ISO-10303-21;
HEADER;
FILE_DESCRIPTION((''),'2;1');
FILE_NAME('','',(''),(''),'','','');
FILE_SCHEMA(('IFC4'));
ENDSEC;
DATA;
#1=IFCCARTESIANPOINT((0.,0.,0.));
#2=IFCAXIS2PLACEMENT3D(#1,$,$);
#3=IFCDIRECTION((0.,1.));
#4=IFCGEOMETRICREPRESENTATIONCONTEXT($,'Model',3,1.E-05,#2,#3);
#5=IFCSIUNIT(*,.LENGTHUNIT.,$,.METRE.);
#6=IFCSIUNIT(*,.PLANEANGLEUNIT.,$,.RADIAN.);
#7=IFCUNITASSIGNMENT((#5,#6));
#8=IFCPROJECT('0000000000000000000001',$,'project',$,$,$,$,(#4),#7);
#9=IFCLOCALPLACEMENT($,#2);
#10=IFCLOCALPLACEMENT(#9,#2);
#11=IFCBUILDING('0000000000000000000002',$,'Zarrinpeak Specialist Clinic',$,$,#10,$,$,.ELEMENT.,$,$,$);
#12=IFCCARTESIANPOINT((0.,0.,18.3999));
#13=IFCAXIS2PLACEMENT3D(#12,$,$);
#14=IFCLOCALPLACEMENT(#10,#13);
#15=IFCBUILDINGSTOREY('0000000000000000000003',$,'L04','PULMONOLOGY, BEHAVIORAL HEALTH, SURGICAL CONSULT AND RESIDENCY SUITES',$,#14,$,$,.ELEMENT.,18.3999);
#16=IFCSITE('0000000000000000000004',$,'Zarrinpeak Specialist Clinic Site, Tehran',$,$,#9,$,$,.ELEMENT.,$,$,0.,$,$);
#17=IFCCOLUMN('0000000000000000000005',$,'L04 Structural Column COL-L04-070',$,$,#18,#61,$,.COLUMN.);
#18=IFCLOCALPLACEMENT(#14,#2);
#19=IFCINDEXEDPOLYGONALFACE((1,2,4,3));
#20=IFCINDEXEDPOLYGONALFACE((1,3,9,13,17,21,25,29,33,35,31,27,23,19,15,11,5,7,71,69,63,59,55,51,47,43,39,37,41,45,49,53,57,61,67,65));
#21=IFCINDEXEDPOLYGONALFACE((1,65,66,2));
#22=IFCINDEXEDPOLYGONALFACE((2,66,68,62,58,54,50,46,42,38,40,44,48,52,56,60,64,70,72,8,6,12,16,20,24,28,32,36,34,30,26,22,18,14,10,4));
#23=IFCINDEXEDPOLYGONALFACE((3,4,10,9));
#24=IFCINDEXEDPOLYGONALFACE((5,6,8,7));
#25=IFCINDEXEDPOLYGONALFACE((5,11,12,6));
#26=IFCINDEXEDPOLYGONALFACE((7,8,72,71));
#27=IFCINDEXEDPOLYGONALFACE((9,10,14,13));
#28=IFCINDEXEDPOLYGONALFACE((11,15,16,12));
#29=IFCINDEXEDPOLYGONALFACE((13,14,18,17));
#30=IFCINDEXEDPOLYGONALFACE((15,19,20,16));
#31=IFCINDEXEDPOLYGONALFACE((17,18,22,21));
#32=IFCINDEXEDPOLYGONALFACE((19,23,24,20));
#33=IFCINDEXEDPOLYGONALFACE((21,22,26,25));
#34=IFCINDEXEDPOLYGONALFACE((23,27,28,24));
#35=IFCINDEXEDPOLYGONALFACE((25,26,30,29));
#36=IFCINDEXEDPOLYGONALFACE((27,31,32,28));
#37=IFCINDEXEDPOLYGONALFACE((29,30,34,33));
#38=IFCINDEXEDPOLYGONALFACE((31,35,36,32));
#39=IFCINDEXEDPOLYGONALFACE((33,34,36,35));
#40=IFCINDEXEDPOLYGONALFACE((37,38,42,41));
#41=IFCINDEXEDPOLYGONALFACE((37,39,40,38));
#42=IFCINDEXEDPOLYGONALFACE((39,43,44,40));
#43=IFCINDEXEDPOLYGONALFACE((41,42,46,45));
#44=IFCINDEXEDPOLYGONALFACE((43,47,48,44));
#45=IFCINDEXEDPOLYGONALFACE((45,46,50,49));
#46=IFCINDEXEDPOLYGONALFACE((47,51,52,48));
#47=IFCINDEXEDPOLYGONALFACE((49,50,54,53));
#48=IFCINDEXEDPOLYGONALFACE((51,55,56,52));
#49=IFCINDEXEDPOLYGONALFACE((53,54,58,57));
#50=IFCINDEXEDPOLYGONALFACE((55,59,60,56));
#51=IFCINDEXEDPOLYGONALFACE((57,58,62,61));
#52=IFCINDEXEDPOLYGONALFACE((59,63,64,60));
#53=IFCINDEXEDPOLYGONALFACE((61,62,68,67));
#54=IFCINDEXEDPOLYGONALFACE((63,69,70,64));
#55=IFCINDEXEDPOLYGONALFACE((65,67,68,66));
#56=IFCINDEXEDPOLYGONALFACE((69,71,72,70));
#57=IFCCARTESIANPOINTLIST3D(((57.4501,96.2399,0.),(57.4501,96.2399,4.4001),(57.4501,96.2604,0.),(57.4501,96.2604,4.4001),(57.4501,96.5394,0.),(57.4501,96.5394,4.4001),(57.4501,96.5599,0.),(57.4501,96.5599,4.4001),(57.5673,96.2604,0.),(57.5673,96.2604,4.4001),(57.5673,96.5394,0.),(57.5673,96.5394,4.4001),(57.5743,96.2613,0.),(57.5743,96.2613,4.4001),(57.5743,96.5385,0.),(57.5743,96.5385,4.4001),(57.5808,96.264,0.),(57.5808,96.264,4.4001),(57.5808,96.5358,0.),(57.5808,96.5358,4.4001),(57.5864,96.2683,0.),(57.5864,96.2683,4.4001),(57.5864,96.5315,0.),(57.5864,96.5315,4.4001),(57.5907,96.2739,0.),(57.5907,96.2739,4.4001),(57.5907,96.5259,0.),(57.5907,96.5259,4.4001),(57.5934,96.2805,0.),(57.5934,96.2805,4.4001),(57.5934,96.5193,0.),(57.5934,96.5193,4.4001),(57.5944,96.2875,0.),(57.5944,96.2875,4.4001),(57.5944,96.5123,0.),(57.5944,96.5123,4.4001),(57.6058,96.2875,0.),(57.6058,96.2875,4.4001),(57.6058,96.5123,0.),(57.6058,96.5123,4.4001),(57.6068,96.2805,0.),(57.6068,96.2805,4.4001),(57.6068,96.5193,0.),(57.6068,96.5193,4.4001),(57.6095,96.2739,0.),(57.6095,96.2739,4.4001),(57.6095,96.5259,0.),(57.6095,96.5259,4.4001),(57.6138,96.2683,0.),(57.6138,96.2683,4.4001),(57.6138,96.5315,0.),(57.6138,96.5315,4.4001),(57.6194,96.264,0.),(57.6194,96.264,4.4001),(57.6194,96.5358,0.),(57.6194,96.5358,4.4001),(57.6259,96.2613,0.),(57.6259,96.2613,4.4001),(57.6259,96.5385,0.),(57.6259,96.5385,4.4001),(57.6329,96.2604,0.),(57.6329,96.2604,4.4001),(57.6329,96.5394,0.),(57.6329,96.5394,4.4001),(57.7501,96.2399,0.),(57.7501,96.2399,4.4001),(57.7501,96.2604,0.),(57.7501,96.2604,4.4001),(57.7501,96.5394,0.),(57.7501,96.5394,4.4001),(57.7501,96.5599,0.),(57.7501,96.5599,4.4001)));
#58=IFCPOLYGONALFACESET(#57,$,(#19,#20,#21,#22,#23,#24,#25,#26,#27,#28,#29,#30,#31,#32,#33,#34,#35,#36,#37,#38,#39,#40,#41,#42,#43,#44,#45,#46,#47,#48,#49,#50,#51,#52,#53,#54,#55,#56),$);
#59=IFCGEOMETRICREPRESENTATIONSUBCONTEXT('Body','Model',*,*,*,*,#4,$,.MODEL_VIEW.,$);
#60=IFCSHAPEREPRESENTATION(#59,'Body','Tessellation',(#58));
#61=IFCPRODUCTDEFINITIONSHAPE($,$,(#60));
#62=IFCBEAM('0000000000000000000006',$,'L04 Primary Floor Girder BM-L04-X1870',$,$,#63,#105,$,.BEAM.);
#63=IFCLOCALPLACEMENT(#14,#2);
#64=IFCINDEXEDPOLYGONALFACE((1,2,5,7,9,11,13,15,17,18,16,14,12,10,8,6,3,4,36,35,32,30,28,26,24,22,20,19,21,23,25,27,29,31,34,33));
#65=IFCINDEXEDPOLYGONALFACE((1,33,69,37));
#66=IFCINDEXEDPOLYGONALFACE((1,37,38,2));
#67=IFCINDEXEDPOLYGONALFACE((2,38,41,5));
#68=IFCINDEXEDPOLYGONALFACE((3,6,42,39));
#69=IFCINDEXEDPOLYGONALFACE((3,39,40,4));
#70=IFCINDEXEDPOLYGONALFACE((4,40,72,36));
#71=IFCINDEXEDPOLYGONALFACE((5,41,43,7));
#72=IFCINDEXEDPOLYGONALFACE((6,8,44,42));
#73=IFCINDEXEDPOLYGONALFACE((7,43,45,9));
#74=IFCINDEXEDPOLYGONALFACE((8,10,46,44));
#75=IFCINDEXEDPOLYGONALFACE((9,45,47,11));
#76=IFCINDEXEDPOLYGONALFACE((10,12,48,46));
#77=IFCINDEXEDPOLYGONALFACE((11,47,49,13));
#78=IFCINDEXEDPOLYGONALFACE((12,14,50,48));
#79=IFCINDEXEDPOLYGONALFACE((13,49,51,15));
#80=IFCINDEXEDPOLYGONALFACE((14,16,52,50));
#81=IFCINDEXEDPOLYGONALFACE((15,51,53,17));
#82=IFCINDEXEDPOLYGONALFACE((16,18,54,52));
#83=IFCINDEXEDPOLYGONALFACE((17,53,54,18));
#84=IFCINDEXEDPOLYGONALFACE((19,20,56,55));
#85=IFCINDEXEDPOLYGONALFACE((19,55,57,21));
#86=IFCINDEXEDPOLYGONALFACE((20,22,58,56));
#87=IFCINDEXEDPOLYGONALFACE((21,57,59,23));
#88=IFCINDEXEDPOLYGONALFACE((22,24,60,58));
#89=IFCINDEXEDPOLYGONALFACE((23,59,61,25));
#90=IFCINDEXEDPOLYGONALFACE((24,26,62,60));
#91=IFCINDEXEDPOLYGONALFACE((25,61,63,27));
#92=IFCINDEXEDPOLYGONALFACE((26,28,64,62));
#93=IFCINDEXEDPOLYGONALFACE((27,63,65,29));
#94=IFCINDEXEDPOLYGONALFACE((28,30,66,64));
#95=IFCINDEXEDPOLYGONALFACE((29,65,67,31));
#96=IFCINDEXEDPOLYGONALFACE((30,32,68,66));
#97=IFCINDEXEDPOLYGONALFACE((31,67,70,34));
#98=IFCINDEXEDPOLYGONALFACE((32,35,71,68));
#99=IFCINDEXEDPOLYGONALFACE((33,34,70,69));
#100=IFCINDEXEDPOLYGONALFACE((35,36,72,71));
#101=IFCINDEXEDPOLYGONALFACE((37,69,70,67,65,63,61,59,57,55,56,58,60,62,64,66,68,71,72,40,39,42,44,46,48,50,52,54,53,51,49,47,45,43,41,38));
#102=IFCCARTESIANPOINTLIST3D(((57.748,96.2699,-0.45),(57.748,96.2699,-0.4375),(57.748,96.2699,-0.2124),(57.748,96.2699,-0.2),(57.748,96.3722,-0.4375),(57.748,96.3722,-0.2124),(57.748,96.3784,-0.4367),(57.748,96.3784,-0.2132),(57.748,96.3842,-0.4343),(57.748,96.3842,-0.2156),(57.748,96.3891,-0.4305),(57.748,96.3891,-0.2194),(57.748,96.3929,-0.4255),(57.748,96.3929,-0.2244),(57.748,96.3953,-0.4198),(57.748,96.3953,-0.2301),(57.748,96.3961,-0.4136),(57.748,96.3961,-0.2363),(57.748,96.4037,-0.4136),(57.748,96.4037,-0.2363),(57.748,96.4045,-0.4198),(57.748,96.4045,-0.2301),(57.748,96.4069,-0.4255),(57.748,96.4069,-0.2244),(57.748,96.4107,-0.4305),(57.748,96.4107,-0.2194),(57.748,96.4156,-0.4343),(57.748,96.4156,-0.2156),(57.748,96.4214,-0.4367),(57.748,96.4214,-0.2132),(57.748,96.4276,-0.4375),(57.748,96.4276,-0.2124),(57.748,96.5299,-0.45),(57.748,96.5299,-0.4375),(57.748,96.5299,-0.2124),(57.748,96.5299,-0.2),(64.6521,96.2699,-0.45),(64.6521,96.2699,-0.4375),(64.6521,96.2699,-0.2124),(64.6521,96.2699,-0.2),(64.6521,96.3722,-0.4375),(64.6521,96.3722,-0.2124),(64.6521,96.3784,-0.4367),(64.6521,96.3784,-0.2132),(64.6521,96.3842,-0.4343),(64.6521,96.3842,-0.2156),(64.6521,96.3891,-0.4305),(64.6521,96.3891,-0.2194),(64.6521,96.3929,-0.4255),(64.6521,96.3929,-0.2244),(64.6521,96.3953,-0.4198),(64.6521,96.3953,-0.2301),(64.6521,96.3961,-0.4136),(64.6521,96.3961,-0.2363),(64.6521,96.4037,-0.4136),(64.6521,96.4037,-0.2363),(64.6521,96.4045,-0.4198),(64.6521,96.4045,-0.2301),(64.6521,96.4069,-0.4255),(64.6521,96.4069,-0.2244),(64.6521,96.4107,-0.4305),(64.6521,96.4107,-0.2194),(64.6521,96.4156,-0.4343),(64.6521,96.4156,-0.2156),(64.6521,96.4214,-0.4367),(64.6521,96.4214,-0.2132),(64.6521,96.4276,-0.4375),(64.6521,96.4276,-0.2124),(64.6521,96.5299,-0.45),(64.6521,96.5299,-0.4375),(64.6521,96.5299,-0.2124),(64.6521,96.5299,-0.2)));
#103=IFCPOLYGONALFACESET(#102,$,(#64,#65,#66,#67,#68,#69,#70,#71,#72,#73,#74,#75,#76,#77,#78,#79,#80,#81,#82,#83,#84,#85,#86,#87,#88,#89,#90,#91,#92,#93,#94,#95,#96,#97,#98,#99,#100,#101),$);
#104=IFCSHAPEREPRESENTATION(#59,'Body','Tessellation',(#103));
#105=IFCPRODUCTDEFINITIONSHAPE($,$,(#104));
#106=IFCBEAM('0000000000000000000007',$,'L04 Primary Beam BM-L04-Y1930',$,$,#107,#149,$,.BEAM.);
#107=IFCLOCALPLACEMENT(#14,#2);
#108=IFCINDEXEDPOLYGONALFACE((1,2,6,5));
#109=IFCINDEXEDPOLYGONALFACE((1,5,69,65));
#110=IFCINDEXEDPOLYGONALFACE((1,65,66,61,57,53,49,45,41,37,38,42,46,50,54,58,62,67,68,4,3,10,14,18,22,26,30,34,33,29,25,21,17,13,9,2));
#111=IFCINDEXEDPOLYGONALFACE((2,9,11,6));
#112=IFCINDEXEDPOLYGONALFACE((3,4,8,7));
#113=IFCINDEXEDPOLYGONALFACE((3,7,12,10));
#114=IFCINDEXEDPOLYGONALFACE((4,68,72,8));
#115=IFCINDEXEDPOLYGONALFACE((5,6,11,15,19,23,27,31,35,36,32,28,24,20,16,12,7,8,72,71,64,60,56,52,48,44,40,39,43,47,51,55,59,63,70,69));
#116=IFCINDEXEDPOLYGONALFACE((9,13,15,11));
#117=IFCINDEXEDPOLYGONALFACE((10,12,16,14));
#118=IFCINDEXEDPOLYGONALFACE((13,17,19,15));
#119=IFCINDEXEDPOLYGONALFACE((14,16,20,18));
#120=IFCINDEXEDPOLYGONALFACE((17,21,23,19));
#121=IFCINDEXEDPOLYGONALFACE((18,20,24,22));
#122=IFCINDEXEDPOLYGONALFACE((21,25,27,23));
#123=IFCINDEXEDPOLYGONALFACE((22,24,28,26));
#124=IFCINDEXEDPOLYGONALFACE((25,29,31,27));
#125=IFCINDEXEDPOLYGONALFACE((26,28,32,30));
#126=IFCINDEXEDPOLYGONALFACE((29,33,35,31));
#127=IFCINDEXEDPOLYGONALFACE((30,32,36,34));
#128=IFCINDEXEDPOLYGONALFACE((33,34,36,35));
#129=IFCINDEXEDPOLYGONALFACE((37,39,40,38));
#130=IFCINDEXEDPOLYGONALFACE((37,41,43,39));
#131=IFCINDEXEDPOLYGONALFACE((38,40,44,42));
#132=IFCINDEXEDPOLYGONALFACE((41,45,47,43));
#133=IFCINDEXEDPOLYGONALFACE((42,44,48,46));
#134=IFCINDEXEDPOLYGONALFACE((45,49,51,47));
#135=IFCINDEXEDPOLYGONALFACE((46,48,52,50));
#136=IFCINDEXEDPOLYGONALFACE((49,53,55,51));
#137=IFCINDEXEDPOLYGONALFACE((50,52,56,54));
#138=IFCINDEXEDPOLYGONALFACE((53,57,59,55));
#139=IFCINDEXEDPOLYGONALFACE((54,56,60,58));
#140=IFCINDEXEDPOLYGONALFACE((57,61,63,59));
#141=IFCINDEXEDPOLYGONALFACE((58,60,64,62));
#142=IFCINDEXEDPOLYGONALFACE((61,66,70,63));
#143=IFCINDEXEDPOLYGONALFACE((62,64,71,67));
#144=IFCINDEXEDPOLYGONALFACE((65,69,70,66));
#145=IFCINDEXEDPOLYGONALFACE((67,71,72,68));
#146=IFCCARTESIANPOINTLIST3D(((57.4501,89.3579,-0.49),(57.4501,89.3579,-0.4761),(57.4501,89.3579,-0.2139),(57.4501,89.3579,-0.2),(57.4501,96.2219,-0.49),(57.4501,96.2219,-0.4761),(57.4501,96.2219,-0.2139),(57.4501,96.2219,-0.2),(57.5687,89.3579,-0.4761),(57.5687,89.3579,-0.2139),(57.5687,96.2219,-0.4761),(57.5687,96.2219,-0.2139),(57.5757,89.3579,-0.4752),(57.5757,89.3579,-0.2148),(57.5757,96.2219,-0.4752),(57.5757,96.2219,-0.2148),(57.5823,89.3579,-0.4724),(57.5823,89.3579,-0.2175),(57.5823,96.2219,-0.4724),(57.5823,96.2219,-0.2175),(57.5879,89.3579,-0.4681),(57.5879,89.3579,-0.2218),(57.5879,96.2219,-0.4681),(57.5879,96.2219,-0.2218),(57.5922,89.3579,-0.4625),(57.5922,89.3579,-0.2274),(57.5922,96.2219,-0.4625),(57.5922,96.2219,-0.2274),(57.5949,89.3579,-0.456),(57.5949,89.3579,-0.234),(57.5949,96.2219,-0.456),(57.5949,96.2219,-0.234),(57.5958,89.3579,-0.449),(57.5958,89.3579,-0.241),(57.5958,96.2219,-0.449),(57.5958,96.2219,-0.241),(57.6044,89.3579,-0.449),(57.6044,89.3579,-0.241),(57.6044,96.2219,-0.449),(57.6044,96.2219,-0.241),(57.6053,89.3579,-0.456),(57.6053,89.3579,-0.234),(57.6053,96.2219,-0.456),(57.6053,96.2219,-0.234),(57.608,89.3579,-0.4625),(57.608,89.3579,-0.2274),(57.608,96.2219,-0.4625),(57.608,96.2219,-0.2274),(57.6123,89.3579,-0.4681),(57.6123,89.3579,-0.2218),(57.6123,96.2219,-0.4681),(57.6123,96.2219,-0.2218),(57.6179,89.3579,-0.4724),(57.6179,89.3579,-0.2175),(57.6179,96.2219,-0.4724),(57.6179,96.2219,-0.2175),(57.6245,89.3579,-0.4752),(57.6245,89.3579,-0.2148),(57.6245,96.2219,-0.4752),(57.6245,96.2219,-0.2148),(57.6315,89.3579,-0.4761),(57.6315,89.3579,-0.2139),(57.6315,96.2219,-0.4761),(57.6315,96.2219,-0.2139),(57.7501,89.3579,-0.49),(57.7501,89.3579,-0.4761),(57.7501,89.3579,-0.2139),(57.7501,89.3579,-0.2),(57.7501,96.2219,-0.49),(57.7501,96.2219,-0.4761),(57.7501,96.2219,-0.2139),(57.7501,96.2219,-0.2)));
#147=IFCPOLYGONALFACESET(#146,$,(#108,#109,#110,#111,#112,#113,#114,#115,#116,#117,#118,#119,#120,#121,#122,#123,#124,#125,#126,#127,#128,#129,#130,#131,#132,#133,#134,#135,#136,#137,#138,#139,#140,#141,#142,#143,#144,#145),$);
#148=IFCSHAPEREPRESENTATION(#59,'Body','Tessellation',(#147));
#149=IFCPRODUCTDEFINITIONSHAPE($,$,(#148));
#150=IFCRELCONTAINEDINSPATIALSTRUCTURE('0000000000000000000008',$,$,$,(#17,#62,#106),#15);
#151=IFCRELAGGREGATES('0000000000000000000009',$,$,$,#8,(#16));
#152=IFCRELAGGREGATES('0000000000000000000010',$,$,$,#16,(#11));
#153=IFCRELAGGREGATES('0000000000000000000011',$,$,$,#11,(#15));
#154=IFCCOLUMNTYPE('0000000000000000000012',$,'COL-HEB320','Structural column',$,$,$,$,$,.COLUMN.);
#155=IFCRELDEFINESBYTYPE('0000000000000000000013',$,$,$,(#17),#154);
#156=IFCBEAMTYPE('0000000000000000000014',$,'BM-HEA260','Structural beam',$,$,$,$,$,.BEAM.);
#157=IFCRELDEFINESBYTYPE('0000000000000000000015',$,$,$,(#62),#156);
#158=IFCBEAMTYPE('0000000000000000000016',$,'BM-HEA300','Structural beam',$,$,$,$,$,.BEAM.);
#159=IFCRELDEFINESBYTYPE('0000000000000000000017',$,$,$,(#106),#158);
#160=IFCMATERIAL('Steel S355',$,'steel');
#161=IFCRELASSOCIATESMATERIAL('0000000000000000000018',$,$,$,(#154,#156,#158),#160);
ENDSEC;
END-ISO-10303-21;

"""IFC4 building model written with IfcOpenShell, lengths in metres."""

from ifc_helpers import new_model, si_unit, direction, frame, origin, origin_2d, place, context, subcontext, project, spatial, i_section, extrude, material, material_profile, profile_set, type_object, element, save


model = new_model("IFC4")

# Units and contexts
model_context = context("Model", 3, precision=1e-05, world=origin(), true_north=direction((0.0, 1.0)))
body_context = subcontext(model_context, "Body", "Model", "MODEL_VIEW")
ifc_project = project(units=[si_unit("LENGTHUNIT", "METRE"), si_unit("PLANEANGLEUNIT", "RADIAN")], contexts=[model_context])

# Site, building, storey
site_placement = place(None, origin())
site = spatial("IfcSite", under=ifc_project, at=site_placement, Name="Zarrinpeak Specialist Clinic Site, Tehran", CompositionType="ELEMENT", RefElevation=0.0)
building_placement = place(site_placement, origin())
building = spatial("IfcBuilding", under=site, at=building_placement, Name="Zarrinpeak Specialist Clinic", CompositionType="ELEMENT")
storey_placement = place(building_placement, frame((0.0, 0.0, 18.3999)))
storey = spatial("IfcBuildingStorey", under=building, at=storey_placement, Name="L04", Description="PULMONOLOGY, BEHAVIORAL HEALTH, SURGICAL CONSULT AND RESIDENCY SUITES", CompositionType="ELEMENT", Elevation=18.3999)

# Column
ifc_material_1 = material(Name="Steel S355", Category="steel")
ifc_material_profile_1 = material_profile(ifc_material_1, i_section(OverallWidth=0.3, OverallDepth=0.3201, WebThickness=0.0115, FlangeThickness=0.0205, FilletRadius=0.0271, at=origin_2d()), Name="HEB 320")
ifc_profile_set_1 = profile_set([ifc_material_profile_1], Name="Steel S355")
column_type = type_object("IfcColumnType", Name="COL-HEB320", Description="Structural column", PredefinedType="COLUMN", material=ifc_profile_set_1)
column_placement = place(storey_placement, frame((57.6001, 96.3999, 0.0), z_axis=(0.0, 0.0, 1.0), x_axis=(1.0, 0.0, 0.0)))
element("IfcColumn", 1, at=column_placement, inside=storey, type_object=column_type, Name="L04 Structural Column COL-L04-070", PredefinedType="COLUMN", context=body_context, shape_type="SweptSolid", body=[
    extrude(i_section(OverallWidth=0.3, OverallDepth=0.3201, WebThickness=0.0115, FlangeThickness=0.0205, FilletRadius=0.0271, at=origin_2d()), origin(), (0.0, 0.0, 1.0), 4.4001),
])

# Beams
ifc_material_profile_2 = material_profile(ifc_material_1, i_section(OverallWidth=0.26, OverallDepth=0.25, WebThickness=0.0076, FlangeThickness=0.0125, FilletRadius=0.0239, at=origin_2d()), Name="HEA 260")
ifc_profile_set_2 = profile_set([ifc_material_profile_2], Name="Steel S355")
beam_type_1 = type_object("IfcBeamType", Name="BM-HEA260", Description="Structural beam", PredefinedType="BEAM", material=ifc_profile_set_2)
beam_1_placement = place(storey_placement, frame((57.748, 96.3999, -0.325), z_axis=(1.0, 0.0, 0.0), x_axis=(0.0, 1.0, 0.0)))
element("IfcBeam", 2, at=beam_1_placement, inside=storey, type_object=beam_type_1, Name="L04 Primary Floor Girder BM-L04-X1870", PredefinedType="BEAM", context=body_context, shape_type="SweptSolid", body=[
    extrude(i_section(OverallWidth=0.26, OverallDepth=0.25, WebThickness=0.0076, FlangeThickness=0.0125, FilletRadius=0.0239, at=origin_2d()), origin(), (0.0, 0.0, 1.0), 6.9041),
])
ifc_material_profile_3 = material_profile(ifc_material_1, i_section(OverallWidth=0.3, OverallDepth=0.29, WebThickness=0.0085, FlangeThickness=0.0139, FilletRadius=0.0271, at=origin_2d()), Name="HEA 300")
ifc_profile_set_3 = profile_set([ifc_material_profile_3], Name="Steel S355")
beam_type_2 = type_object("IfcBeamType", Name="BM-HEA300", Description="Structural beam", PredefinedType="BEAM", material=ifc_profile_set_3)
beam_2_placement = place(storey_placement, frame((57.6001, 89.3579, -0.345), z_axis=(0.0, 1.0, 0.0), x_axis=(-1.0, 0.0, 0.0)))
element("IfcBeam", 3, at=beam_2_placement, inside=storey, type_object=beam_type_2, Name="L04 Primary Beam BM-L04-Y1930", PredefinedType="BEAM", context=body_context, shape_type="SweptSolid", body=[
    extrude(i_section(OverallWidth=0.3, OverallDepth=0.29, WebThickness=0.0085, FlangeThickness=0.0139, FilletRadius=0.0271, at=origin_2d()), origin(), (0.0, 0.0, 1.0), 6.864),
])

save(model, "model.ifc")
